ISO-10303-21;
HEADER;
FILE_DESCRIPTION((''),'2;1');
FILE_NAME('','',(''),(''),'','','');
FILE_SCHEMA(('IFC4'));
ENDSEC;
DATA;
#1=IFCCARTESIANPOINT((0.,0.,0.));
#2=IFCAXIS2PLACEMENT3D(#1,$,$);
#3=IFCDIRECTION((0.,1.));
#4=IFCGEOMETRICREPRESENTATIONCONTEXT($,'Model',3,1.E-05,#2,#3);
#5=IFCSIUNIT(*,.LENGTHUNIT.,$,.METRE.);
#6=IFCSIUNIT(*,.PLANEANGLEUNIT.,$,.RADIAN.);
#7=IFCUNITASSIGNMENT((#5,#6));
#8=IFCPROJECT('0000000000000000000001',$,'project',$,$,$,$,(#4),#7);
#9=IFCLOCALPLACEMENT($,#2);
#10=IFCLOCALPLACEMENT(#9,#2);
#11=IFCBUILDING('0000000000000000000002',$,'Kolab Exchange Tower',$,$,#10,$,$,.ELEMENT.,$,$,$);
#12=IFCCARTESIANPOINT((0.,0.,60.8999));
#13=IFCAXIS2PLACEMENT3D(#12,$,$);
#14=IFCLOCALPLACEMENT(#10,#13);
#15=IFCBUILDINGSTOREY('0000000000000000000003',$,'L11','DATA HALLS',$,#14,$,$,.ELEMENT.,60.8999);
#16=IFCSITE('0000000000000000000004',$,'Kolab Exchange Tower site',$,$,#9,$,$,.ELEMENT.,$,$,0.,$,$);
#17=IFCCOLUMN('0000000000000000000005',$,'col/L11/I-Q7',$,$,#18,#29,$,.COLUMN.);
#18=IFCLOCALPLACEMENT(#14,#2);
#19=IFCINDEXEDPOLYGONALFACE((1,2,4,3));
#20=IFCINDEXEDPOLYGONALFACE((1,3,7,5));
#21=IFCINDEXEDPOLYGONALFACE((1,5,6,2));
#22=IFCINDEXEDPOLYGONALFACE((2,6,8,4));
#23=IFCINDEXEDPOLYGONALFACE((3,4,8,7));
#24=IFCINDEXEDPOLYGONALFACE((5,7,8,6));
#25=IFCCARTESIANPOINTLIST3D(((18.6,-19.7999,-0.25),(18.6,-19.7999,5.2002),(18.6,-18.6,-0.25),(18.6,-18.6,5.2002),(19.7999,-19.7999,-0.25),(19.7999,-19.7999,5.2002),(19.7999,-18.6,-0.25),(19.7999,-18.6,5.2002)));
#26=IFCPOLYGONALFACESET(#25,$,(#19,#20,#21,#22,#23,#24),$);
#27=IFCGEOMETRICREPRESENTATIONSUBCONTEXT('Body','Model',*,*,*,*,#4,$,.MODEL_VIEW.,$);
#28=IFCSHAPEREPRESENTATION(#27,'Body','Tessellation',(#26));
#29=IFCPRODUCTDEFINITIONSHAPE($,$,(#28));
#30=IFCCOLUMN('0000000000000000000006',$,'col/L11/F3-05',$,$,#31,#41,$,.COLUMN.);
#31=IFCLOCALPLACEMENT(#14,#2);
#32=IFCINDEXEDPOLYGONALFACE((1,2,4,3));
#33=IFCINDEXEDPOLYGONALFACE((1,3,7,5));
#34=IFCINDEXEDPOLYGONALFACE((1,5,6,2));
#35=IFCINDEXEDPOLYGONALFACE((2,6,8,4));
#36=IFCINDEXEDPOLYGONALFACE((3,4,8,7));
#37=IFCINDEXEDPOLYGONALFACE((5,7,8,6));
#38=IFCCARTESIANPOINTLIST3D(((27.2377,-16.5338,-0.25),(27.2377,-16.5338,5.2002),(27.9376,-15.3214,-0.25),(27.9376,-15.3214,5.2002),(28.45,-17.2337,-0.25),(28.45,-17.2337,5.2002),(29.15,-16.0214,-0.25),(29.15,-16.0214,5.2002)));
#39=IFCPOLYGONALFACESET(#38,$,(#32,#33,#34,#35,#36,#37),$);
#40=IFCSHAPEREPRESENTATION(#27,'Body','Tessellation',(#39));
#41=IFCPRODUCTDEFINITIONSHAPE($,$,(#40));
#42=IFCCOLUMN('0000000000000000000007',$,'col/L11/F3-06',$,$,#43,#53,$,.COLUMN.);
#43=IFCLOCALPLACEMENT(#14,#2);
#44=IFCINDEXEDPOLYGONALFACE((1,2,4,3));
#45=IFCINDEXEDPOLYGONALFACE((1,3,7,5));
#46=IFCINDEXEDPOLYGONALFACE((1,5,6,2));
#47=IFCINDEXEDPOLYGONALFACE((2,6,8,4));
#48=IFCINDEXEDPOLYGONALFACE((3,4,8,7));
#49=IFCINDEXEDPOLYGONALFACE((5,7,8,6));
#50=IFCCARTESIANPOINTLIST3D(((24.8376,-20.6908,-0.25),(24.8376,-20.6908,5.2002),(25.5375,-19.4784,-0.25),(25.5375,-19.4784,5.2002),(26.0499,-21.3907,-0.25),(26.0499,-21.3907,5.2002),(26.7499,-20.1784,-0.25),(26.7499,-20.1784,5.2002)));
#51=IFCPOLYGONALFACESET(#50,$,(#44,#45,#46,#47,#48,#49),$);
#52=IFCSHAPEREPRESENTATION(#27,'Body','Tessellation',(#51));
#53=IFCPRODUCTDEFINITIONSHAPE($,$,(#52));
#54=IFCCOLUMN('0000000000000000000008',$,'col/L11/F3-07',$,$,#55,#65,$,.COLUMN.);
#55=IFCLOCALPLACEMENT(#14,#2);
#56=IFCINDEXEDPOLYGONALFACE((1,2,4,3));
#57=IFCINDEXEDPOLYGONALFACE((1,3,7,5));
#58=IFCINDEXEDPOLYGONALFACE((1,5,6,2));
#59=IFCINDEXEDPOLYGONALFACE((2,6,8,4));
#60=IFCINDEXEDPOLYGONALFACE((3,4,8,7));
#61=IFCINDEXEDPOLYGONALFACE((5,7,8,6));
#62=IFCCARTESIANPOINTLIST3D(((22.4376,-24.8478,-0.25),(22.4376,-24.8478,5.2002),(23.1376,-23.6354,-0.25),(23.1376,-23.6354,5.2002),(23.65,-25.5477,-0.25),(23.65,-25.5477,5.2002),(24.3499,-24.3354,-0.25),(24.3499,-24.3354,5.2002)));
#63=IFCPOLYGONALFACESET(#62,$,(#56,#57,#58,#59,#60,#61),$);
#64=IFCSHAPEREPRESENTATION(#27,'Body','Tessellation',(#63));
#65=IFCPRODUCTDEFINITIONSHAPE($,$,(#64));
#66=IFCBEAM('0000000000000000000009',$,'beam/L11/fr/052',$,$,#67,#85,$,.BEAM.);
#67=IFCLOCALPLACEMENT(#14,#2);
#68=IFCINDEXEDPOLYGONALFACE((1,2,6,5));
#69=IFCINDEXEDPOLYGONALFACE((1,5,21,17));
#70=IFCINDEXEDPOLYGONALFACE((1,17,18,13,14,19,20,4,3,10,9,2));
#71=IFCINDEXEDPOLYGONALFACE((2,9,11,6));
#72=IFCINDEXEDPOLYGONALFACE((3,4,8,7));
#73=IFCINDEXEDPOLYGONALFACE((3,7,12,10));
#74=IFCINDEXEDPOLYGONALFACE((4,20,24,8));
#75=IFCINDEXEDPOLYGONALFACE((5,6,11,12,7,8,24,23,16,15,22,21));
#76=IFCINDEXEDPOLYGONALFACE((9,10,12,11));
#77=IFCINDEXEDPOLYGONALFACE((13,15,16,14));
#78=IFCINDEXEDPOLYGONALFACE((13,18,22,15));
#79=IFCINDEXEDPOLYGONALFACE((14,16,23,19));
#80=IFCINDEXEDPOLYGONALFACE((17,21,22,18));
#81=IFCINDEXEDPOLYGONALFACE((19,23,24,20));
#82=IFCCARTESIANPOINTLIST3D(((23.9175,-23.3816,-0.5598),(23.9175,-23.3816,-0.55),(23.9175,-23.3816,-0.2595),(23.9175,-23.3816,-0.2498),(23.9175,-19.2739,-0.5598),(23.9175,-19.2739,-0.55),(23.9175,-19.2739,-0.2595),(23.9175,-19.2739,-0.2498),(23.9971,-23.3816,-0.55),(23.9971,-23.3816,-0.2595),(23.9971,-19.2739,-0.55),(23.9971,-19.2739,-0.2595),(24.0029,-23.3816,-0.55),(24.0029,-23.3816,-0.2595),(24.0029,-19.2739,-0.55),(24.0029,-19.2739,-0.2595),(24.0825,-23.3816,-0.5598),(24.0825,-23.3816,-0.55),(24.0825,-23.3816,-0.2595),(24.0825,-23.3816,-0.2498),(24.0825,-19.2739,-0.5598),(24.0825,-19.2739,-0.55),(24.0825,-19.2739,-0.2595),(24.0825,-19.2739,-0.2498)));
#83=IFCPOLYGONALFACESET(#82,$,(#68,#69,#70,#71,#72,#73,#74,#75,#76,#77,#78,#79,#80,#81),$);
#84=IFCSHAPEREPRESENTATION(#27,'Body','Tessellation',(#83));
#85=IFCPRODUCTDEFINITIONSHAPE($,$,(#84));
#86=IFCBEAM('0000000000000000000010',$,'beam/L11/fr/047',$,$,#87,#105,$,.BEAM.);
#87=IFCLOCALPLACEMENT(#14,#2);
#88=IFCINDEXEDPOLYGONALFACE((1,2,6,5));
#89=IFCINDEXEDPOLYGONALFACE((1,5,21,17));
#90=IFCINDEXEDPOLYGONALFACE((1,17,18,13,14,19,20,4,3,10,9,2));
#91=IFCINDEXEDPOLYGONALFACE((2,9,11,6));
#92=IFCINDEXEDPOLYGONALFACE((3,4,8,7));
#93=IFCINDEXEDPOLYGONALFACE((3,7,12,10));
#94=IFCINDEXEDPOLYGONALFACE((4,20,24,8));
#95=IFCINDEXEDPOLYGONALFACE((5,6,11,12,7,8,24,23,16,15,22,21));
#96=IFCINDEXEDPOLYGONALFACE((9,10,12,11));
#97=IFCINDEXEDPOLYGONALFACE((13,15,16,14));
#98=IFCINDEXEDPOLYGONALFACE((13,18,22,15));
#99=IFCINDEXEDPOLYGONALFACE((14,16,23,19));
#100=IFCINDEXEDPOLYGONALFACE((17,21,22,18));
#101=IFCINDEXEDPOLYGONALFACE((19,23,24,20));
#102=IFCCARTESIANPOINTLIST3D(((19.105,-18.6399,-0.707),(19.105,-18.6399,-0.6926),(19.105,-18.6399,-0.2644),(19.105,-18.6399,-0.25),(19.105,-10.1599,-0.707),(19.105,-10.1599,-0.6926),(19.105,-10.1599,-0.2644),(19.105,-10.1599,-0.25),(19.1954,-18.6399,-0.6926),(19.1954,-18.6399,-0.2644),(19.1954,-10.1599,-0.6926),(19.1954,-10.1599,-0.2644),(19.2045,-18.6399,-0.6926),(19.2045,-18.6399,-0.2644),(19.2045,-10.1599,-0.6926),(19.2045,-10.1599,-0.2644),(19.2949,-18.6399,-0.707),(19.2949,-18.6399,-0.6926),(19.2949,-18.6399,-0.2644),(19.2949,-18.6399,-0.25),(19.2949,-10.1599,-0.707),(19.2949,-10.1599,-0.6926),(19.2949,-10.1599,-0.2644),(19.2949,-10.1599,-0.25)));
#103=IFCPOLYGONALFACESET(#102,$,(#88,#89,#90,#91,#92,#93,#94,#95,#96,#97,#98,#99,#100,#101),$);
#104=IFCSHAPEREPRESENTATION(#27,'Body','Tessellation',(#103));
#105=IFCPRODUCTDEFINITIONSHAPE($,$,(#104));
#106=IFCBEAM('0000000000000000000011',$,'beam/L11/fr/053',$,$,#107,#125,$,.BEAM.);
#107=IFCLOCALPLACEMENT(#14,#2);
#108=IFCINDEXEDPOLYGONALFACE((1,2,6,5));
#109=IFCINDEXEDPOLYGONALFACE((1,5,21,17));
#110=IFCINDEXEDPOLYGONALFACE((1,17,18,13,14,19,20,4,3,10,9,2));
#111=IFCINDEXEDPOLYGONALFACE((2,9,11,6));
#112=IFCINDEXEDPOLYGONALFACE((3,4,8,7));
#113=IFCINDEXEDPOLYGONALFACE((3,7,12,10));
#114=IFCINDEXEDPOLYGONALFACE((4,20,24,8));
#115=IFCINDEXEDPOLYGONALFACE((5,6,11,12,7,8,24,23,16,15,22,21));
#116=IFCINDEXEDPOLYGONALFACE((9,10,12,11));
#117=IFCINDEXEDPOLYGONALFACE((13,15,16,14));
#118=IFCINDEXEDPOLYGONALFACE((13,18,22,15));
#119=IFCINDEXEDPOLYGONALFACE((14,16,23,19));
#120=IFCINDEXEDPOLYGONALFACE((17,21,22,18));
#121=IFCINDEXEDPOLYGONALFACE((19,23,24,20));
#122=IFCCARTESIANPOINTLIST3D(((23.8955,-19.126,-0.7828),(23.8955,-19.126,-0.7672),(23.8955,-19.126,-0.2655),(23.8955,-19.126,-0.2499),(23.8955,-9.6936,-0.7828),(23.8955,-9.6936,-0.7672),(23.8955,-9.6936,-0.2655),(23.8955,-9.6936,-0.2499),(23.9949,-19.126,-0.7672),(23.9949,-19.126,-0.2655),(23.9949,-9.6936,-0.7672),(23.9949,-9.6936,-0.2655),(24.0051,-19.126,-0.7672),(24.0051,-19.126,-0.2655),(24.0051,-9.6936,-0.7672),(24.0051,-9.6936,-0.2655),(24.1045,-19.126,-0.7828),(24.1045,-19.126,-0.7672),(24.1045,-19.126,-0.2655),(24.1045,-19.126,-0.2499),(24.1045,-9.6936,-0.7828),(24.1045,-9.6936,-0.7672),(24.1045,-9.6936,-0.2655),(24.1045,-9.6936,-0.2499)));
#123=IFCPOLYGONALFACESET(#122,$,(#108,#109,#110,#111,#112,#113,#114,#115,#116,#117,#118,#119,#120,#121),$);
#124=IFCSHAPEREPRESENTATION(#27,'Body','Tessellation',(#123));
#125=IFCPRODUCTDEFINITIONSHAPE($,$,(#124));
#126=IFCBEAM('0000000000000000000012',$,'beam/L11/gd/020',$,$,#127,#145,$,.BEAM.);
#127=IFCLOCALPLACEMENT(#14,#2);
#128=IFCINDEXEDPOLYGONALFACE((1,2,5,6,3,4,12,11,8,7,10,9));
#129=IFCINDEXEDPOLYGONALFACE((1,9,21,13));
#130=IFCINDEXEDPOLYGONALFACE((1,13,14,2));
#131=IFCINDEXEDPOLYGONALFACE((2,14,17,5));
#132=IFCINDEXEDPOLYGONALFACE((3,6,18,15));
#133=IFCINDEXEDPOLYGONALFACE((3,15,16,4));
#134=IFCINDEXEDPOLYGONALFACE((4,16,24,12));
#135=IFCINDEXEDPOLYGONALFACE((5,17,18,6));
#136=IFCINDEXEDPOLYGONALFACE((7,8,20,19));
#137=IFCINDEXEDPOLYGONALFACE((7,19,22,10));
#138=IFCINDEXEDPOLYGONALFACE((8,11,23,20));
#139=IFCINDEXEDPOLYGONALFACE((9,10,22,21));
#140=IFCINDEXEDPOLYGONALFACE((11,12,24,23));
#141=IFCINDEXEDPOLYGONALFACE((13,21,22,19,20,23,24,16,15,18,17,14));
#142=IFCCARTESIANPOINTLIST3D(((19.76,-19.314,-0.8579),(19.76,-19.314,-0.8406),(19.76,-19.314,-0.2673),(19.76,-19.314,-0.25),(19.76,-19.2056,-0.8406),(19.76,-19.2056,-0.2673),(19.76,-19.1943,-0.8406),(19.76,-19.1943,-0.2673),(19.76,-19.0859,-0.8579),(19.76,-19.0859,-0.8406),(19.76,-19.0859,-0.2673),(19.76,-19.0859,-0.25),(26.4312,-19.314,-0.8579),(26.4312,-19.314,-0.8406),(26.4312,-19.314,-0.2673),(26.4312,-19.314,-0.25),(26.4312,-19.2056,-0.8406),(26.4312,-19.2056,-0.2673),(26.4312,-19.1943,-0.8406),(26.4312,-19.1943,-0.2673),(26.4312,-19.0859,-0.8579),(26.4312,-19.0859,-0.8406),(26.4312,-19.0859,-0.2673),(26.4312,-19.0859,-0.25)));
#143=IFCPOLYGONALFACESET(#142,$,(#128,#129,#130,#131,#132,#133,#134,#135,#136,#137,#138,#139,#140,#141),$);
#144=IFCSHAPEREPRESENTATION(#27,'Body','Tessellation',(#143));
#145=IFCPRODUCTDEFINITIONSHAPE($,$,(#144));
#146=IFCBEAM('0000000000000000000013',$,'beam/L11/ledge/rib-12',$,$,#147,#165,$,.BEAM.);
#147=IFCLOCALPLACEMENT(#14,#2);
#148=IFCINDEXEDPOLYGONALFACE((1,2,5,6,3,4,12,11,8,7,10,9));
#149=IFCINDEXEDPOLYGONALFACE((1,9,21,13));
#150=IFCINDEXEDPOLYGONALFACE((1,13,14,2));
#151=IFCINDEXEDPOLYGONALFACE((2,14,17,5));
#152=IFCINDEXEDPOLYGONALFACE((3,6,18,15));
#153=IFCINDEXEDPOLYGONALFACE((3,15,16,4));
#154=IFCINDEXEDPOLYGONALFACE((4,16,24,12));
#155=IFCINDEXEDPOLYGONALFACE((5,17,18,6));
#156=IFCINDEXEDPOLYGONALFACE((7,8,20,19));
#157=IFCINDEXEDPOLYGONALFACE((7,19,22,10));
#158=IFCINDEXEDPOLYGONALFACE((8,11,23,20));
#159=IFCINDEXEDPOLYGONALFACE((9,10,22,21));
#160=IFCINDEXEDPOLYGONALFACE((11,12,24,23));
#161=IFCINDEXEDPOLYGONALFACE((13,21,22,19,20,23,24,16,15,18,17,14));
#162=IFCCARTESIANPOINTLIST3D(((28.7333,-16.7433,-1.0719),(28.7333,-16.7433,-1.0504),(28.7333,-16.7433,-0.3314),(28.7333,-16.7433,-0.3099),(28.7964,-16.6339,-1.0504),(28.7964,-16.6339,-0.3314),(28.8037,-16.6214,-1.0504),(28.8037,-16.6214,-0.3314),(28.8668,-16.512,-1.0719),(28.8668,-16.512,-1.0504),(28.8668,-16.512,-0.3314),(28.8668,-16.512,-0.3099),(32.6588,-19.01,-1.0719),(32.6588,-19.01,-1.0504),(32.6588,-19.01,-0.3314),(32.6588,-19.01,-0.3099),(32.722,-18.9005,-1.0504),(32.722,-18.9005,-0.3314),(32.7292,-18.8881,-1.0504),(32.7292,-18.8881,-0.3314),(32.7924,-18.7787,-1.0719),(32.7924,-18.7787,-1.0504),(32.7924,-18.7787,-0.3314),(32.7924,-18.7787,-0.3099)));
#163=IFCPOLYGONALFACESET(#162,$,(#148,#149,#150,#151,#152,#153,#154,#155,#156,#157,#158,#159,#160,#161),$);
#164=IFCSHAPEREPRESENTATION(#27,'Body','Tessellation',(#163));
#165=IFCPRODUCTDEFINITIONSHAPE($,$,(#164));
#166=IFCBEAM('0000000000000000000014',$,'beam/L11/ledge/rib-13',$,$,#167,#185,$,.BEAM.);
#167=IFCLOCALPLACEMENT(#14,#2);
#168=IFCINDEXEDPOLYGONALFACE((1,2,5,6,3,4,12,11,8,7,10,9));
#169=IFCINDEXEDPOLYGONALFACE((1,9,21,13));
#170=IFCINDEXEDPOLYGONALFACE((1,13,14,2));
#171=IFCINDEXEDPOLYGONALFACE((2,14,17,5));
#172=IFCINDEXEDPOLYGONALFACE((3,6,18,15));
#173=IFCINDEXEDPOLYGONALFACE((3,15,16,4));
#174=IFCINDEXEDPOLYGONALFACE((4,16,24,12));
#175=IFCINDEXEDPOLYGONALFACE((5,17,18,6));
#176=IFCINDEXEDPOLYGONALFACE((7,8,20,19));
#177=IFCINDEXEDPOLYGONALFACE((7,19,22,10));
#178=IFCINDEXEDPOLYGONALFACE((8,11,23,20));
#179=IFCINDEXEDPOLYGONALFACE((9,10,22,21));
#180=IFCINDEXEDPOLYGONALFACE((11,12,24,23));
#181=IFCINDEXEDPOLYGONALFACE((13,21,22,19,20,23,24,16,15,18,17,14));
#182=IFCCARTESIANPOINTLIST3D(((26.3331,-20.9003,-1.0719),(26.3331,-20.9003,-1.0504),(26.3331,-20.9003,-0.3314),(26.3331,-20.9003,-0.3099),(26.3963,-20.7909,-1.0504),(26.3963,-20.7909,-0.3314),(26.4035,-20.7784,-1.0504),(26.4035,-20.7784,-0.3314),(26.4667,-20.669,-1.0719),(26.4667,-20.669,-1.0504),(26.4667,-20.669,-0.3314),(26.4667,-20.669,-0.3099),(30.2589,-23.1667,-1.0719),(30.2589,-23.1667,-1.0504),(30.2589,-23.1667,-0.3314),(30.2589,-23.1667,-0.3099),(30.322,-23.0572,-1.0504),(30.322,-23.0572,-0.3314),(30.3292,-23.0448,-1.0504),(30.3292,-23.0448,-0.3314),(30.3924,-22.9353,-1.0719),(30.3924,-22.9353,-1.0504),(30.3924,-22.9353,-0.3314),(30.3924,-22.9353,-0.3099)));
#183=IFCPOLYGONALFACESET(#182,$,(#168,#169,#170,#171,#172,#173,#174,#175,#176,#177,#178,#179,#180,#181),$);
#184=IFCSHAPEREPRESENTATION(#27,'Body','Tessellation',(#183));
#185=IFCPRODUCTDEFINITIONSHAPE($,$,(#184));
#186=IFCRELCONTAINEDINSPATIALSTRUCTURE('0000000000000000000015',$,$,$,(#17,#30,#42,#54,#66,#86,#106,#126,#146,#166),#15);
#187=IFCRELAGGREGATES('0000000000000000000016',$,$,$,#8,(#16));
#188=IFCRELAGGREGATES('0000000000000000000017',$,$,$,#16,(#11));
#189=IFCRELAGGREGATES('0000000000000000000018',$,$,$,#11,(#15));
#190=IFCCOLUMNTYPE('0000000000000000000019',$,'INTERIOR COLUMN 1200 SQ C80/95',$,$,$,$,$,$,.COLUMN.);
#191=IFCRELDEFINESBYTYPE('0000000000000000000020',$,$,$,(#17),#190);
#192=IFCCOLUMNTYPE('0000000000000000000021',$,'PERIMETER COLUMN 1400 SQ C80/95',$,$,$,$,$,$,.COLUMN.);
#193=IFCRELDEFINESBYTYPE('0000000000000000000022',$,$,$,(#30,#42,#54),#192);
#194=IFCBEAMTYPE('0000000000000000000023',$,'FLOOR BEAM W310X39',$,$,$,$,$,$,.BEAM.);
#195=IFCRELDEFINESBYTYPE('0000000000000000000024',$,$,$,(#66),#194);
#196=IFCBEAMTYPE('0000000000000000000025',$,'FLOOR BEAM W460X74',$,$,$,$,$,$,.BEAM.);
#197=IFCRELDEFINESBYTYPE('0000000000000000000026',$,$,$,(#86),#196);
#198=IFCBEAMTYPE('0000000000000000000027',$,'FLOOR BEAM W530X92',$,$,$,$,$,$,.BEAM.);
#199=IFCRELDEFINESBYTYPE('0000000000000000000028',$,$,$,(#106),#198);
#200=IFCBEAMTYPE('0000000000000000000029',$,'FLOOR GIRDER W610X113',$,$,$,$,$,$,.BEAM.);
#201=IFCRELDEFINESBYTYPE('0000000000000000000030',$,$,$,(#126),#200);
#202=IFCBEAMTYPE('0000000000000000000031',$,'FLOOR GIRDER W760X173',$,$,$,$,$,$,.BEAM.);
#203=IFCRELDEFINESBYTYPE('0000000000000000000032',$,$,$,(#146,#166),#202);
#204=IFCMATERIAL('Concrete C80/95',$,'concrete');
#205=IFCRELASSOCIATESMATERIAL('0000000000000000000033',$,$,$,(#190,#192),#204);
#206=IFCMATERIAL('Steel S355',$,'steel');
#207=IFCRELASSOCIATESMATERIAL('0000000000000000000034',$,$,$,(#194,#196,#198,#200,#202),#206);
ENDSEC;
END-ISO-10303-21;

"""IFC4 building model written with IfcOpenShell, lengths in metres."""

from ifc_helpers import new_model, si_unit, direction, frame, origin, origin_2d, place, context, subcontext, project, spatial, rectangle, i_section, extrude, material, material_profile, profile_set, type_object, element, save


model = new_model("IFC4")

# Units and contexts
model_context = context("Model", 3, precision=1e-05, world=origin(), true_north=direction((0.0, 1.0)))
body_context = subcontext(model_context, "Body", "Model", "MODEL_VIEW")
ifc_project = project(units=[si_unit("LENGTHUNIT", "METRE"), si_unit("PLANEANGLEUNIT", "RADIAN")], contexts=[model_context])

# Site, building, storey
site_placement = place(None, origin())
site = spatial("IfcSite", under=ifc_project, at=site_placement, Name="Kolab Exchange Tower site", CompositionType="ELEMENT", RefElevation=0.0)
building_placement = place(site_placement, origin())
building = spatial("IfcBuilding", under=site, at=building_placement, Name="Kolab Exchange Tower", CompositionType="ELEMENT")
storey_placement = place(building_placement, frame((0.0, 0.0, 60.8999)))
storey = spatial("IfcBuildingStorey", under=building, at=storey_placement, Name="L11", Description="DATA HALLS", CompositionType="ELEMENT", Elevation=60.8999)

# Columns
ifc_material_1 = material(Name="Concrete C80/95", Category="concrete")
ifc_material_profile_1 = material_profile(ifc_material_1, rectangle(XDim=1.2, YDim=1.2, at=origin_2d()), Name="RC1200")
ifc_profile_set_1 = profile_set([ifc_material_profile_1], Name="Concrete C80/95")
column_type_1 = type_object("IfcColumnType", Name="INTERIOR COLUMN 1200 SQ C80/95", PredefinedType="COLUMN", material=ifc_profile_set_1)
column_placement = place(storey_placement, frame((19.2, -19.2, -0.25), z_axis=(0.0, 0.0, 1.0), x_axis=(1.0, 0.0, 0.0)))
element("IfcColumn", 1, at=column_placement, inside=storey, type_object=column_type_1, Name="col/L11/I-Q7", PredefinedType="COLUMN", context=body_context, shape_type="SweptSolid", body=[
    extrude(rectangle(XDim=1.2, YDim=1.2, at=origin_2d()), origin(), (0.0, 0.0, 1.0), 5.4502),
])
ifc_material_profile_2 = material_profile(ifc_material_1, rectangle(XDim=1.3999, YDim=1.3999, at=origin_2d()), Name="RC1400")
ifc_profile_set_2 = profile_set([ifc_material_profile_2], Name="Concrete C80/95")
column_type_2 = type_object("IfcColumnType", Name="PERIMETER COLUMN 1400 SQ C80/95", PredefinedType="COLUMN", material=ifc_profile_set_2)
for number, where, z_axis, x_axis, name in (
    (2, (28.1938, -16.2776, -0.25), (0.0, 0.0, 1.0), (0.5, 0.866025, 0.0), "col/L11/F3-05"),
    (3, (25.7937, -20.4346, -0.25), (0.0, 0.0, 1.0), (0.5, 0.866025, 0.0), "col/L11/F3-06"),
    (4, (23.3938, -24.5916, -0.25), (0.0, 0.0, 1.0), (0.5, 0.866025, 0.0), "col/L11/F3-07"),
):
    element("IfcColumn", number, at=place(storey_placement, frame(where, z_axis=z_axis, x_axis=x_axis)), inside=storey, type_object=column_type_2, Name=name, PredefinedType="COLUMN", context=body_context, shape_type="SweptSolid", body=[
        extrude(rectangle(XDim=1.3999, YDim=1.3999, at=origin_2d()), origin(), (0.0, 0.0, 1.0), 5.4502),
    ])

# Beams
ifc_material_2 = material(Name="Steel S355", Category="steel")
ifc_material_profile_3 = material_profile(ifc_material_2, i_section(OverallWidth=0.165, OverallDepth=0.3101, WebThickness=0.0059, FlangeThickness=0.0098, at=origin_2d()), Name="W310X39")
ifc_profile_set_3 = profile_set([ifc_material_profile_3], Name="Steel S355")
beam_type_1 = type_object("IfcBeamType", Name="FLOOR BEAM W310X39", PredefinedType="BEAM", material=ifc_profile_set_3)
beam_1_placement = place(storey_placement, frame((24.0, -23.3816, -0.4048), z_axis=(0.0, 1.0, 0.0), x_axis=(-1.0, 0.0, 0.0)))
element("IfcBeam", 5, at=beam_1_placement, inside=storey, type_object=beam_type_1, Name="beam/L11/fr/052", PredefinedType="BEAM", context=body_context, shape_type="SweptSolid", body=[
    extrude(i_section(OverallWidth=0.165, OverallDepth=0.3101, WebThickness=0.0059, FlangeThickness=0.0098, at=origin_2d()), origin(), (0.0, 0.0, 1.0), 4.1077),
])
ifc_material_profile_4 = material_profile(ifc_material_2, i_section(OverallWidth=0.1899, OverallDepth=0.457, WebThickness=0.009, FlangeThickness=0.0144, at=origin_2d()), Name="W460X74")
ifc_profile_set_4 = profile_set([ifc_material_profile_4], Name="Steel S355")
beam_type_2 = type_object("IfcBeamType", Name="FLOOR BEAM W460X74", PredefinedType="BEAM", material=ifc_profile_set_4)
beam_2_placement = place(storey_placement, frame((19.2, -18.6399, -0.4785), z_axis=(0.0, 1.0, 0.0), x_axis=(-1.0, 0.0, 0.0)))
element("IfcBeam", 6, at=beam_2_placement, inside=storey, type_object=beam_type_2, Name="beam/L11/fr/047", PredefinedType="BEAM", context=body_context, shape_type="SweptSolid", body=[
    extrude(i_section(OverallWidth=0.1899, OverallDepth=0.457, WebThickness=0.009, FlangeThickness=0.0144, at=origin_2d()), origin(), (0.0, 0.0, 1.0), 8.48),
])
ifc_material_profile_5 = material_profile(ifc_material_2, i_section(OverallWidth=0.209, OverallDepth=0.533, WebThickness=0.0103, FlangeThickness=0.0156, at=origin_2d()), Name="W530X92")
ifc_profile_set_5 = profile_set([ifc_material_profile_5], Name="Steel S355")
beam_type_3 = type_object("IfcBeamType", Name="FLOOR BEAM W530X92", PredefinedType="BEAM", material=ifc_profile_set_5)
beam_3_placement = place(storey_placement, frame((24.0, -19.126, -0.5164), z_axis=(0.0, 1.0, 0.0), x_axis=(-1.0, 0.0, 0.0)))
element("IfcBeam", 7, at=beam_3_placement, inside=storey, type_object=beam_type_3, Name="beam/L11/fr/053", PredefinedType="BEAM", context=body_context, shape_type="SweptSolid", body=[
    extrude(i_section(OverallWidth=0.209, OverallDepth=0.533, WebThickness=0.0103, FlangeThickness=0.0156, at=origin_2d()), origin(), (0.0, 0.0, 1.0), 9.4324),
])
ifc_material_profile_6 = material_profile(ifc_material_2, i_section(OverallWidth=0.228, OverallDepth=0.6079, WebThickness=0.0112, FlangeThickness=0.0173, at=origin_2d()), Name="W610X113")
ifc_profile_set_6 = profile_set([ifc_material_profile_6], Name="Steel S355")
beam_type_4 = type_object("IfcBeamType", Name="FLOOR GIRDER W610X113", PredefinedType="BEAM", material=ifc_profile_set_6)
beam_4_placement = place(storey_placement, frame((19.76, -19.2, -0.554), z_axis=(1.0, 0.0, 0.0), x_axis=(0.0, 1.0, 0.0)))
element("IfcBeam", 8, at=beam_4_placement, inside=storey, type_object=beam_type_4, Name="beam/L11/gd/020", PredefinedType="BEAM", context=body_context, shape_type="SweptSolid", body=[
    extrude(i_section(OverallWidth=0.228, OverallDepth=0.6079, WebThickness=0.0112, FlangeThickness=0.0173, at=origin_2d()), origin(), (0.0, 0.0, 1.0), 6.6711),
])
ifc_material_profile_7 = material_profile(ifc_material_2, i_section(OverallWidth=0.2671, OverallDepth=0.762, WebThickness=0.0144, FlangeThickness=0.0215, at=origin_2d()), Name="W760X173")
ifc_profile_set_7 = profile_set([ifc_material_profile_7], Name="Steel S355")
beam_type_5 = type_object("IfcBeamType", Name="FLOOR GIRDER W760X173", PredefinedType="BEAM", material=ifc_profile_set_7)
for number, where, z_axis, x_axis, name in (
    (9, (28.8, -16.6277, -0.6909), (0.866007, -0.500032, 0.0), (0.500032, 0.866007, 0.0), "beam/L11/ledge/rib-12"),
    (10, (26.3999, -20.7847, -0.6909), (0.866044, -0.499968, 0.0), (0.499968, 0.866044, 0.0), "beam/L11/ledge/rib-13"),
):
    element("IfcBeam", number, at=place(storey_placement, frame(where, z_axis=z_axis, x_axis=x_axis)), inside=storey, type_object=beam_type_5, Name=name, PredefinedType="BEAM", context=body_context, shape_type="SweptSolid", body=[
        extrude(i_section(OverallWidth=0.2671, OverallDepth=0.762, WebThickness=0.0144, FlangeThickness=0.0215, at=origin_2d()), origin(), (0.0, 0.0, 1.0), 4.533),
    ])

save(model, "model.ifc")
